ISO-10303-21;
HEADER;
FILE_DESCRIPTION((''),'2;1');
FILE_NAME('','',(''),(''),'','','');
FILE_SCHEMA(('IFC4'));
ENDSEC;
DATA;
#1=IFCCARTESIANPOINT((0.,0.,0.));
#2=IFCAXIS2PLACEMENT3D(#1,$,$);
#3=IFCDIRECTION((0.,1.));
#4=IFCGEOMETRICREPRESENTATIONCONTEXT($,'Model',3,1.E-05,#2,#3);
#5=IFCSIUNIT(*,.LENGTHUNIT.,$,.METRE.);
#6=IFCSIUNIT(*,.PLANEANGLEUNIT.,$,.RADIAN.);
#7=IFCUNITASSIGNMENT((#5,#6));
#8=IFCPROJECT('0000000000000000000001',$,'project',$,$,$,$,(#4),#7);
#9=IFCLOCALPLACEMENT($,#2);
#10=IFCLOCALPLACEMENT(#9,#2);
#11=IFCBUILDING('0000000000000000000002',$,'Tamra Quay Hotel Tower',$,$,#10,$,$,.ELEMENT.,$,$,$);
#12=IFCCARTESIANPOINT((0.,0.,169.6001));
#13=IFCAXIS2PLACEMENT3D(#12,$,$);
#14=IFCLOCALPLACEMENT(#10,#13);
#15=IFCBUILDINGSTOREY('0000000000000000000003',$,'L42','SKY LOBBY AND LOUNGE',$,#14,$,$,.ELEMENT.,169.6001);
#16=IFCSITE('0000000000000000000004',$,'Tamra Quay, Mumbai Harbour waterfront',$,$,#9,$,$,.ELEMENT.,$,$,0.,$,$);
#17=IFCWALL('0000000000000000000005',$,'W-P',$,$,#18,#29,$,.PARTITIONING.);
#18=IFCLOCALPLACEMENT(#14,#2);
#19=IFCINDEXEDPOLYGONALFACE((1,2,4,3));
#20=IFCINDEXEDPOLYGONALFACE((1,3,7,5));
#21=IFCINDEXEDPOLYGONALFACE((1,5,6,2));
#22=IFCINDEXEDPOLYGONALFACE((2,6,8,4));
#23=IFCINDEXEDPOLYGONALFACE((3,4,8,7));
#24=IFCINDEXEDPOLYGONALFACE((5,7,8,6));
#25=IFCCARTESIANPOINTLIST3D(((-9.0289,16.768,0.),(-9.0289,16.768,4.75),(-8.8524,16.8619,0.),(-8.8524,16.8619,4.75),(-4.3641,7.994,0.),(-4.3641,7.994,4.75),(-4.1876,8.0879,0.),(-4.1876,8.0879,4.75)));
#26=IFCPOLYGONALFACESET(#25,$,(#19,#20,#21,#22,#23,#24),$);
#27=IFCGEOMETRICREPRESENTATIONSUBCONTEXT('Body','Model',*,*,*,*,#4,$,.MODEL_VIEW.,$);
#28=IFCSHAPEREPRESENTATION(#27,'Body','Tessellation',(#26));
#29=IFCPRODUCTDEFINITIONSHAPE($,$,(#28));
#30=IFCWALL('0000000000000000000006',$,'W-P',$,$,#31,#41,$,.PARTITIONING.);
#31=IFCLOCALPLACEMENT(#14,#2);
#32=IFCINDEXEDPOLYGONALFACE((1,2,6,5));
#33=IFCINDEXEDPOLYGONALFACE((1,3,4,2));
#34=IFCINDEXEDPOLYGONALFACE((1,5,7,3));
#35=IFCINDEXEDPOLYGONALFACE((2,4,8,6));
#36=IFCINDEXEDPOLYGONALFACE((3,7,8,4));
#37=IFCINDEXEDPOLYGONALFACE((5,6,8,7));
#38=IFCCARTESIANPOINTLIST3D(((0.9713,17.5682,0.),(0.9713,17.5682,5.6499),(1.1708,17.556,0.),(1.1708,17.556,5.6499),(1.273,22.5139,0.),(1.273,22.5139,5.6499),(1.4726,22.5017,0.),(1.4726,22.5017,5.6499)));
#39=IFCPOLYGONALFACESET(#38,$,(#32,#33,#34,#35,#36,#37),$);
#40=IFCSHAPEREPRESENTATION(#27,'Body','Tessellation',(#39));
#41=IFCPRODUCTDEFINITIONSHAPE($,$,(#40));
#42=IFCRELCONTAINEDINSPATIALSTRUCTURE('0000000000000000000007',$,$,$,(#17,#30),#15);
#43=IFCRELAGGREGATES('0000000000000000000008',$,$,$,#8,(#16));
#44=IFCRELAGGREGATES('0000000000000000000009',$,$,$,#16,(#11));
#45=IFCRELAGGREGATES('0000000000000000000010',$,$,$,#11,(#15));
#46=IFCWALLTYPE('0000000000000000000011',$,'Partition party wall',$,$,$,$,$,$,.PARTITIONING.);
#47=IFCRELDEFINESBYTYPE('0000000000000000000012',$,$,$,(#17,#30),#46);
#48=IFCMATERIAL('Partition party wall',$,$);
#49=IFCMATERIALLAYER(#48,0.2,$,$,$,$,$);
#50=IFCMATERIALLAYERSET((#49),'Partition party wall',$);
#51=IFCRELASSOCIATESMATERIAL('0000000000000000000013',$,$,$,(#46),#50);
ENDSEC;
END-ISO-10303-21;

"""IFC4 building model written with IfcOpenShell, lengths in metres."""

from ifc_helpers import new_model, si_unit, direction, frame, frame_2d, origin, place, context, subcontext, project, spatial, rectangle, extrude, material, layer, layer_set, type_object, element, save


model = new_model("IFC4")

# Units and contexts
model_context = context("Model", 3, precision=1e-05, world=origin(), true_north=direction((0.0, 1.0)))
body_context = subcontext(model_context, "Body", "Model", "MODEL_VIEW")
ifc_project = project(units=[si_unit("LENGTHUNIT", "METRE"), si_unit("PLANEANGLEUNIT", "RADIAN")], contexts=[model_context])

# Site, building, storey
site_placement = place(None, origin())
site = spatial("IfcSite", under=ifc_project, at=site_placement, Name="Tamra Quay, Mumbai Harbour waterfront", CompositionType="ELEMENT", RefElevation=0.0)
building_placement = place(site_placement, origin())
building = spatial("IfcBuilding", under=site, at=building_placement, Name="Tamra Quay Hotel Tower", CompositionType="ELEMENT")
storey_placement = place(building_placement, frame((0.0, 0.0, 169.6001)))
storey = spatial("IfcBuildingStorey", under=building, at=storey_placement, Name="L42", Description="SKY LOBBY AND LOUNGE", CompositionType="ELEMENT", Elevation=169.6001)

# Walls
ifc_material_1 = material(Name="Partition party wall")
ifc_layer_1 = layer(ifc_material_1, 0.2)
ifc_layer_set_1 = layer_set([ifc_layer_1], Name="Partition party wall")
wall_type_1 = type_object("IfcWallType", Name="Partition party wall", PredefinedType="PARTITIONING", material=ifc_layer_set_1)
wall_1_placement = place(storey_placement, frame((-8.9407, 16.8149, 0.0), z_axis=(0.0, 0.0, 1.0), x_axis=(0.469441, -0.882964, 0.0)))
element("IfcWall", 1, at=wall_1_placement, inside=storey, type_object=wall_type_1, Name="W-P", PredefinedType="PARTITIONING", context=body_context, shape_type="SweptSolid", body=[
    extrude(rectangle(XDim=9.937, YDim=0.2, at=frame_2d((4.9685, 0.0))), origin(), (0.0, 0.0, 1.0), 4.75),
])
wall_2_placement = place(storey_placement, frame((1.071, 17.562, 0.0), z_axis=(0.0, 0.0, 1.0), x_axis=(0.060903, 0.998144, 0.0)))
element("IfcWall", 2, at=wall_2_placement, inside=storey, type_object=wall_type_1, Name="W-P", PredefinedType="PARTITIONING", context=body_context, shape_type="SweptSolid", body=[
    extrude(rectangle(XDim=4.9548, YDim=0.2, at=frame_2d((2.4775, 0.0))), origin(), (0.0, 0.0, 1.0), 5.6499),
])

save(model, "model.ifc")
